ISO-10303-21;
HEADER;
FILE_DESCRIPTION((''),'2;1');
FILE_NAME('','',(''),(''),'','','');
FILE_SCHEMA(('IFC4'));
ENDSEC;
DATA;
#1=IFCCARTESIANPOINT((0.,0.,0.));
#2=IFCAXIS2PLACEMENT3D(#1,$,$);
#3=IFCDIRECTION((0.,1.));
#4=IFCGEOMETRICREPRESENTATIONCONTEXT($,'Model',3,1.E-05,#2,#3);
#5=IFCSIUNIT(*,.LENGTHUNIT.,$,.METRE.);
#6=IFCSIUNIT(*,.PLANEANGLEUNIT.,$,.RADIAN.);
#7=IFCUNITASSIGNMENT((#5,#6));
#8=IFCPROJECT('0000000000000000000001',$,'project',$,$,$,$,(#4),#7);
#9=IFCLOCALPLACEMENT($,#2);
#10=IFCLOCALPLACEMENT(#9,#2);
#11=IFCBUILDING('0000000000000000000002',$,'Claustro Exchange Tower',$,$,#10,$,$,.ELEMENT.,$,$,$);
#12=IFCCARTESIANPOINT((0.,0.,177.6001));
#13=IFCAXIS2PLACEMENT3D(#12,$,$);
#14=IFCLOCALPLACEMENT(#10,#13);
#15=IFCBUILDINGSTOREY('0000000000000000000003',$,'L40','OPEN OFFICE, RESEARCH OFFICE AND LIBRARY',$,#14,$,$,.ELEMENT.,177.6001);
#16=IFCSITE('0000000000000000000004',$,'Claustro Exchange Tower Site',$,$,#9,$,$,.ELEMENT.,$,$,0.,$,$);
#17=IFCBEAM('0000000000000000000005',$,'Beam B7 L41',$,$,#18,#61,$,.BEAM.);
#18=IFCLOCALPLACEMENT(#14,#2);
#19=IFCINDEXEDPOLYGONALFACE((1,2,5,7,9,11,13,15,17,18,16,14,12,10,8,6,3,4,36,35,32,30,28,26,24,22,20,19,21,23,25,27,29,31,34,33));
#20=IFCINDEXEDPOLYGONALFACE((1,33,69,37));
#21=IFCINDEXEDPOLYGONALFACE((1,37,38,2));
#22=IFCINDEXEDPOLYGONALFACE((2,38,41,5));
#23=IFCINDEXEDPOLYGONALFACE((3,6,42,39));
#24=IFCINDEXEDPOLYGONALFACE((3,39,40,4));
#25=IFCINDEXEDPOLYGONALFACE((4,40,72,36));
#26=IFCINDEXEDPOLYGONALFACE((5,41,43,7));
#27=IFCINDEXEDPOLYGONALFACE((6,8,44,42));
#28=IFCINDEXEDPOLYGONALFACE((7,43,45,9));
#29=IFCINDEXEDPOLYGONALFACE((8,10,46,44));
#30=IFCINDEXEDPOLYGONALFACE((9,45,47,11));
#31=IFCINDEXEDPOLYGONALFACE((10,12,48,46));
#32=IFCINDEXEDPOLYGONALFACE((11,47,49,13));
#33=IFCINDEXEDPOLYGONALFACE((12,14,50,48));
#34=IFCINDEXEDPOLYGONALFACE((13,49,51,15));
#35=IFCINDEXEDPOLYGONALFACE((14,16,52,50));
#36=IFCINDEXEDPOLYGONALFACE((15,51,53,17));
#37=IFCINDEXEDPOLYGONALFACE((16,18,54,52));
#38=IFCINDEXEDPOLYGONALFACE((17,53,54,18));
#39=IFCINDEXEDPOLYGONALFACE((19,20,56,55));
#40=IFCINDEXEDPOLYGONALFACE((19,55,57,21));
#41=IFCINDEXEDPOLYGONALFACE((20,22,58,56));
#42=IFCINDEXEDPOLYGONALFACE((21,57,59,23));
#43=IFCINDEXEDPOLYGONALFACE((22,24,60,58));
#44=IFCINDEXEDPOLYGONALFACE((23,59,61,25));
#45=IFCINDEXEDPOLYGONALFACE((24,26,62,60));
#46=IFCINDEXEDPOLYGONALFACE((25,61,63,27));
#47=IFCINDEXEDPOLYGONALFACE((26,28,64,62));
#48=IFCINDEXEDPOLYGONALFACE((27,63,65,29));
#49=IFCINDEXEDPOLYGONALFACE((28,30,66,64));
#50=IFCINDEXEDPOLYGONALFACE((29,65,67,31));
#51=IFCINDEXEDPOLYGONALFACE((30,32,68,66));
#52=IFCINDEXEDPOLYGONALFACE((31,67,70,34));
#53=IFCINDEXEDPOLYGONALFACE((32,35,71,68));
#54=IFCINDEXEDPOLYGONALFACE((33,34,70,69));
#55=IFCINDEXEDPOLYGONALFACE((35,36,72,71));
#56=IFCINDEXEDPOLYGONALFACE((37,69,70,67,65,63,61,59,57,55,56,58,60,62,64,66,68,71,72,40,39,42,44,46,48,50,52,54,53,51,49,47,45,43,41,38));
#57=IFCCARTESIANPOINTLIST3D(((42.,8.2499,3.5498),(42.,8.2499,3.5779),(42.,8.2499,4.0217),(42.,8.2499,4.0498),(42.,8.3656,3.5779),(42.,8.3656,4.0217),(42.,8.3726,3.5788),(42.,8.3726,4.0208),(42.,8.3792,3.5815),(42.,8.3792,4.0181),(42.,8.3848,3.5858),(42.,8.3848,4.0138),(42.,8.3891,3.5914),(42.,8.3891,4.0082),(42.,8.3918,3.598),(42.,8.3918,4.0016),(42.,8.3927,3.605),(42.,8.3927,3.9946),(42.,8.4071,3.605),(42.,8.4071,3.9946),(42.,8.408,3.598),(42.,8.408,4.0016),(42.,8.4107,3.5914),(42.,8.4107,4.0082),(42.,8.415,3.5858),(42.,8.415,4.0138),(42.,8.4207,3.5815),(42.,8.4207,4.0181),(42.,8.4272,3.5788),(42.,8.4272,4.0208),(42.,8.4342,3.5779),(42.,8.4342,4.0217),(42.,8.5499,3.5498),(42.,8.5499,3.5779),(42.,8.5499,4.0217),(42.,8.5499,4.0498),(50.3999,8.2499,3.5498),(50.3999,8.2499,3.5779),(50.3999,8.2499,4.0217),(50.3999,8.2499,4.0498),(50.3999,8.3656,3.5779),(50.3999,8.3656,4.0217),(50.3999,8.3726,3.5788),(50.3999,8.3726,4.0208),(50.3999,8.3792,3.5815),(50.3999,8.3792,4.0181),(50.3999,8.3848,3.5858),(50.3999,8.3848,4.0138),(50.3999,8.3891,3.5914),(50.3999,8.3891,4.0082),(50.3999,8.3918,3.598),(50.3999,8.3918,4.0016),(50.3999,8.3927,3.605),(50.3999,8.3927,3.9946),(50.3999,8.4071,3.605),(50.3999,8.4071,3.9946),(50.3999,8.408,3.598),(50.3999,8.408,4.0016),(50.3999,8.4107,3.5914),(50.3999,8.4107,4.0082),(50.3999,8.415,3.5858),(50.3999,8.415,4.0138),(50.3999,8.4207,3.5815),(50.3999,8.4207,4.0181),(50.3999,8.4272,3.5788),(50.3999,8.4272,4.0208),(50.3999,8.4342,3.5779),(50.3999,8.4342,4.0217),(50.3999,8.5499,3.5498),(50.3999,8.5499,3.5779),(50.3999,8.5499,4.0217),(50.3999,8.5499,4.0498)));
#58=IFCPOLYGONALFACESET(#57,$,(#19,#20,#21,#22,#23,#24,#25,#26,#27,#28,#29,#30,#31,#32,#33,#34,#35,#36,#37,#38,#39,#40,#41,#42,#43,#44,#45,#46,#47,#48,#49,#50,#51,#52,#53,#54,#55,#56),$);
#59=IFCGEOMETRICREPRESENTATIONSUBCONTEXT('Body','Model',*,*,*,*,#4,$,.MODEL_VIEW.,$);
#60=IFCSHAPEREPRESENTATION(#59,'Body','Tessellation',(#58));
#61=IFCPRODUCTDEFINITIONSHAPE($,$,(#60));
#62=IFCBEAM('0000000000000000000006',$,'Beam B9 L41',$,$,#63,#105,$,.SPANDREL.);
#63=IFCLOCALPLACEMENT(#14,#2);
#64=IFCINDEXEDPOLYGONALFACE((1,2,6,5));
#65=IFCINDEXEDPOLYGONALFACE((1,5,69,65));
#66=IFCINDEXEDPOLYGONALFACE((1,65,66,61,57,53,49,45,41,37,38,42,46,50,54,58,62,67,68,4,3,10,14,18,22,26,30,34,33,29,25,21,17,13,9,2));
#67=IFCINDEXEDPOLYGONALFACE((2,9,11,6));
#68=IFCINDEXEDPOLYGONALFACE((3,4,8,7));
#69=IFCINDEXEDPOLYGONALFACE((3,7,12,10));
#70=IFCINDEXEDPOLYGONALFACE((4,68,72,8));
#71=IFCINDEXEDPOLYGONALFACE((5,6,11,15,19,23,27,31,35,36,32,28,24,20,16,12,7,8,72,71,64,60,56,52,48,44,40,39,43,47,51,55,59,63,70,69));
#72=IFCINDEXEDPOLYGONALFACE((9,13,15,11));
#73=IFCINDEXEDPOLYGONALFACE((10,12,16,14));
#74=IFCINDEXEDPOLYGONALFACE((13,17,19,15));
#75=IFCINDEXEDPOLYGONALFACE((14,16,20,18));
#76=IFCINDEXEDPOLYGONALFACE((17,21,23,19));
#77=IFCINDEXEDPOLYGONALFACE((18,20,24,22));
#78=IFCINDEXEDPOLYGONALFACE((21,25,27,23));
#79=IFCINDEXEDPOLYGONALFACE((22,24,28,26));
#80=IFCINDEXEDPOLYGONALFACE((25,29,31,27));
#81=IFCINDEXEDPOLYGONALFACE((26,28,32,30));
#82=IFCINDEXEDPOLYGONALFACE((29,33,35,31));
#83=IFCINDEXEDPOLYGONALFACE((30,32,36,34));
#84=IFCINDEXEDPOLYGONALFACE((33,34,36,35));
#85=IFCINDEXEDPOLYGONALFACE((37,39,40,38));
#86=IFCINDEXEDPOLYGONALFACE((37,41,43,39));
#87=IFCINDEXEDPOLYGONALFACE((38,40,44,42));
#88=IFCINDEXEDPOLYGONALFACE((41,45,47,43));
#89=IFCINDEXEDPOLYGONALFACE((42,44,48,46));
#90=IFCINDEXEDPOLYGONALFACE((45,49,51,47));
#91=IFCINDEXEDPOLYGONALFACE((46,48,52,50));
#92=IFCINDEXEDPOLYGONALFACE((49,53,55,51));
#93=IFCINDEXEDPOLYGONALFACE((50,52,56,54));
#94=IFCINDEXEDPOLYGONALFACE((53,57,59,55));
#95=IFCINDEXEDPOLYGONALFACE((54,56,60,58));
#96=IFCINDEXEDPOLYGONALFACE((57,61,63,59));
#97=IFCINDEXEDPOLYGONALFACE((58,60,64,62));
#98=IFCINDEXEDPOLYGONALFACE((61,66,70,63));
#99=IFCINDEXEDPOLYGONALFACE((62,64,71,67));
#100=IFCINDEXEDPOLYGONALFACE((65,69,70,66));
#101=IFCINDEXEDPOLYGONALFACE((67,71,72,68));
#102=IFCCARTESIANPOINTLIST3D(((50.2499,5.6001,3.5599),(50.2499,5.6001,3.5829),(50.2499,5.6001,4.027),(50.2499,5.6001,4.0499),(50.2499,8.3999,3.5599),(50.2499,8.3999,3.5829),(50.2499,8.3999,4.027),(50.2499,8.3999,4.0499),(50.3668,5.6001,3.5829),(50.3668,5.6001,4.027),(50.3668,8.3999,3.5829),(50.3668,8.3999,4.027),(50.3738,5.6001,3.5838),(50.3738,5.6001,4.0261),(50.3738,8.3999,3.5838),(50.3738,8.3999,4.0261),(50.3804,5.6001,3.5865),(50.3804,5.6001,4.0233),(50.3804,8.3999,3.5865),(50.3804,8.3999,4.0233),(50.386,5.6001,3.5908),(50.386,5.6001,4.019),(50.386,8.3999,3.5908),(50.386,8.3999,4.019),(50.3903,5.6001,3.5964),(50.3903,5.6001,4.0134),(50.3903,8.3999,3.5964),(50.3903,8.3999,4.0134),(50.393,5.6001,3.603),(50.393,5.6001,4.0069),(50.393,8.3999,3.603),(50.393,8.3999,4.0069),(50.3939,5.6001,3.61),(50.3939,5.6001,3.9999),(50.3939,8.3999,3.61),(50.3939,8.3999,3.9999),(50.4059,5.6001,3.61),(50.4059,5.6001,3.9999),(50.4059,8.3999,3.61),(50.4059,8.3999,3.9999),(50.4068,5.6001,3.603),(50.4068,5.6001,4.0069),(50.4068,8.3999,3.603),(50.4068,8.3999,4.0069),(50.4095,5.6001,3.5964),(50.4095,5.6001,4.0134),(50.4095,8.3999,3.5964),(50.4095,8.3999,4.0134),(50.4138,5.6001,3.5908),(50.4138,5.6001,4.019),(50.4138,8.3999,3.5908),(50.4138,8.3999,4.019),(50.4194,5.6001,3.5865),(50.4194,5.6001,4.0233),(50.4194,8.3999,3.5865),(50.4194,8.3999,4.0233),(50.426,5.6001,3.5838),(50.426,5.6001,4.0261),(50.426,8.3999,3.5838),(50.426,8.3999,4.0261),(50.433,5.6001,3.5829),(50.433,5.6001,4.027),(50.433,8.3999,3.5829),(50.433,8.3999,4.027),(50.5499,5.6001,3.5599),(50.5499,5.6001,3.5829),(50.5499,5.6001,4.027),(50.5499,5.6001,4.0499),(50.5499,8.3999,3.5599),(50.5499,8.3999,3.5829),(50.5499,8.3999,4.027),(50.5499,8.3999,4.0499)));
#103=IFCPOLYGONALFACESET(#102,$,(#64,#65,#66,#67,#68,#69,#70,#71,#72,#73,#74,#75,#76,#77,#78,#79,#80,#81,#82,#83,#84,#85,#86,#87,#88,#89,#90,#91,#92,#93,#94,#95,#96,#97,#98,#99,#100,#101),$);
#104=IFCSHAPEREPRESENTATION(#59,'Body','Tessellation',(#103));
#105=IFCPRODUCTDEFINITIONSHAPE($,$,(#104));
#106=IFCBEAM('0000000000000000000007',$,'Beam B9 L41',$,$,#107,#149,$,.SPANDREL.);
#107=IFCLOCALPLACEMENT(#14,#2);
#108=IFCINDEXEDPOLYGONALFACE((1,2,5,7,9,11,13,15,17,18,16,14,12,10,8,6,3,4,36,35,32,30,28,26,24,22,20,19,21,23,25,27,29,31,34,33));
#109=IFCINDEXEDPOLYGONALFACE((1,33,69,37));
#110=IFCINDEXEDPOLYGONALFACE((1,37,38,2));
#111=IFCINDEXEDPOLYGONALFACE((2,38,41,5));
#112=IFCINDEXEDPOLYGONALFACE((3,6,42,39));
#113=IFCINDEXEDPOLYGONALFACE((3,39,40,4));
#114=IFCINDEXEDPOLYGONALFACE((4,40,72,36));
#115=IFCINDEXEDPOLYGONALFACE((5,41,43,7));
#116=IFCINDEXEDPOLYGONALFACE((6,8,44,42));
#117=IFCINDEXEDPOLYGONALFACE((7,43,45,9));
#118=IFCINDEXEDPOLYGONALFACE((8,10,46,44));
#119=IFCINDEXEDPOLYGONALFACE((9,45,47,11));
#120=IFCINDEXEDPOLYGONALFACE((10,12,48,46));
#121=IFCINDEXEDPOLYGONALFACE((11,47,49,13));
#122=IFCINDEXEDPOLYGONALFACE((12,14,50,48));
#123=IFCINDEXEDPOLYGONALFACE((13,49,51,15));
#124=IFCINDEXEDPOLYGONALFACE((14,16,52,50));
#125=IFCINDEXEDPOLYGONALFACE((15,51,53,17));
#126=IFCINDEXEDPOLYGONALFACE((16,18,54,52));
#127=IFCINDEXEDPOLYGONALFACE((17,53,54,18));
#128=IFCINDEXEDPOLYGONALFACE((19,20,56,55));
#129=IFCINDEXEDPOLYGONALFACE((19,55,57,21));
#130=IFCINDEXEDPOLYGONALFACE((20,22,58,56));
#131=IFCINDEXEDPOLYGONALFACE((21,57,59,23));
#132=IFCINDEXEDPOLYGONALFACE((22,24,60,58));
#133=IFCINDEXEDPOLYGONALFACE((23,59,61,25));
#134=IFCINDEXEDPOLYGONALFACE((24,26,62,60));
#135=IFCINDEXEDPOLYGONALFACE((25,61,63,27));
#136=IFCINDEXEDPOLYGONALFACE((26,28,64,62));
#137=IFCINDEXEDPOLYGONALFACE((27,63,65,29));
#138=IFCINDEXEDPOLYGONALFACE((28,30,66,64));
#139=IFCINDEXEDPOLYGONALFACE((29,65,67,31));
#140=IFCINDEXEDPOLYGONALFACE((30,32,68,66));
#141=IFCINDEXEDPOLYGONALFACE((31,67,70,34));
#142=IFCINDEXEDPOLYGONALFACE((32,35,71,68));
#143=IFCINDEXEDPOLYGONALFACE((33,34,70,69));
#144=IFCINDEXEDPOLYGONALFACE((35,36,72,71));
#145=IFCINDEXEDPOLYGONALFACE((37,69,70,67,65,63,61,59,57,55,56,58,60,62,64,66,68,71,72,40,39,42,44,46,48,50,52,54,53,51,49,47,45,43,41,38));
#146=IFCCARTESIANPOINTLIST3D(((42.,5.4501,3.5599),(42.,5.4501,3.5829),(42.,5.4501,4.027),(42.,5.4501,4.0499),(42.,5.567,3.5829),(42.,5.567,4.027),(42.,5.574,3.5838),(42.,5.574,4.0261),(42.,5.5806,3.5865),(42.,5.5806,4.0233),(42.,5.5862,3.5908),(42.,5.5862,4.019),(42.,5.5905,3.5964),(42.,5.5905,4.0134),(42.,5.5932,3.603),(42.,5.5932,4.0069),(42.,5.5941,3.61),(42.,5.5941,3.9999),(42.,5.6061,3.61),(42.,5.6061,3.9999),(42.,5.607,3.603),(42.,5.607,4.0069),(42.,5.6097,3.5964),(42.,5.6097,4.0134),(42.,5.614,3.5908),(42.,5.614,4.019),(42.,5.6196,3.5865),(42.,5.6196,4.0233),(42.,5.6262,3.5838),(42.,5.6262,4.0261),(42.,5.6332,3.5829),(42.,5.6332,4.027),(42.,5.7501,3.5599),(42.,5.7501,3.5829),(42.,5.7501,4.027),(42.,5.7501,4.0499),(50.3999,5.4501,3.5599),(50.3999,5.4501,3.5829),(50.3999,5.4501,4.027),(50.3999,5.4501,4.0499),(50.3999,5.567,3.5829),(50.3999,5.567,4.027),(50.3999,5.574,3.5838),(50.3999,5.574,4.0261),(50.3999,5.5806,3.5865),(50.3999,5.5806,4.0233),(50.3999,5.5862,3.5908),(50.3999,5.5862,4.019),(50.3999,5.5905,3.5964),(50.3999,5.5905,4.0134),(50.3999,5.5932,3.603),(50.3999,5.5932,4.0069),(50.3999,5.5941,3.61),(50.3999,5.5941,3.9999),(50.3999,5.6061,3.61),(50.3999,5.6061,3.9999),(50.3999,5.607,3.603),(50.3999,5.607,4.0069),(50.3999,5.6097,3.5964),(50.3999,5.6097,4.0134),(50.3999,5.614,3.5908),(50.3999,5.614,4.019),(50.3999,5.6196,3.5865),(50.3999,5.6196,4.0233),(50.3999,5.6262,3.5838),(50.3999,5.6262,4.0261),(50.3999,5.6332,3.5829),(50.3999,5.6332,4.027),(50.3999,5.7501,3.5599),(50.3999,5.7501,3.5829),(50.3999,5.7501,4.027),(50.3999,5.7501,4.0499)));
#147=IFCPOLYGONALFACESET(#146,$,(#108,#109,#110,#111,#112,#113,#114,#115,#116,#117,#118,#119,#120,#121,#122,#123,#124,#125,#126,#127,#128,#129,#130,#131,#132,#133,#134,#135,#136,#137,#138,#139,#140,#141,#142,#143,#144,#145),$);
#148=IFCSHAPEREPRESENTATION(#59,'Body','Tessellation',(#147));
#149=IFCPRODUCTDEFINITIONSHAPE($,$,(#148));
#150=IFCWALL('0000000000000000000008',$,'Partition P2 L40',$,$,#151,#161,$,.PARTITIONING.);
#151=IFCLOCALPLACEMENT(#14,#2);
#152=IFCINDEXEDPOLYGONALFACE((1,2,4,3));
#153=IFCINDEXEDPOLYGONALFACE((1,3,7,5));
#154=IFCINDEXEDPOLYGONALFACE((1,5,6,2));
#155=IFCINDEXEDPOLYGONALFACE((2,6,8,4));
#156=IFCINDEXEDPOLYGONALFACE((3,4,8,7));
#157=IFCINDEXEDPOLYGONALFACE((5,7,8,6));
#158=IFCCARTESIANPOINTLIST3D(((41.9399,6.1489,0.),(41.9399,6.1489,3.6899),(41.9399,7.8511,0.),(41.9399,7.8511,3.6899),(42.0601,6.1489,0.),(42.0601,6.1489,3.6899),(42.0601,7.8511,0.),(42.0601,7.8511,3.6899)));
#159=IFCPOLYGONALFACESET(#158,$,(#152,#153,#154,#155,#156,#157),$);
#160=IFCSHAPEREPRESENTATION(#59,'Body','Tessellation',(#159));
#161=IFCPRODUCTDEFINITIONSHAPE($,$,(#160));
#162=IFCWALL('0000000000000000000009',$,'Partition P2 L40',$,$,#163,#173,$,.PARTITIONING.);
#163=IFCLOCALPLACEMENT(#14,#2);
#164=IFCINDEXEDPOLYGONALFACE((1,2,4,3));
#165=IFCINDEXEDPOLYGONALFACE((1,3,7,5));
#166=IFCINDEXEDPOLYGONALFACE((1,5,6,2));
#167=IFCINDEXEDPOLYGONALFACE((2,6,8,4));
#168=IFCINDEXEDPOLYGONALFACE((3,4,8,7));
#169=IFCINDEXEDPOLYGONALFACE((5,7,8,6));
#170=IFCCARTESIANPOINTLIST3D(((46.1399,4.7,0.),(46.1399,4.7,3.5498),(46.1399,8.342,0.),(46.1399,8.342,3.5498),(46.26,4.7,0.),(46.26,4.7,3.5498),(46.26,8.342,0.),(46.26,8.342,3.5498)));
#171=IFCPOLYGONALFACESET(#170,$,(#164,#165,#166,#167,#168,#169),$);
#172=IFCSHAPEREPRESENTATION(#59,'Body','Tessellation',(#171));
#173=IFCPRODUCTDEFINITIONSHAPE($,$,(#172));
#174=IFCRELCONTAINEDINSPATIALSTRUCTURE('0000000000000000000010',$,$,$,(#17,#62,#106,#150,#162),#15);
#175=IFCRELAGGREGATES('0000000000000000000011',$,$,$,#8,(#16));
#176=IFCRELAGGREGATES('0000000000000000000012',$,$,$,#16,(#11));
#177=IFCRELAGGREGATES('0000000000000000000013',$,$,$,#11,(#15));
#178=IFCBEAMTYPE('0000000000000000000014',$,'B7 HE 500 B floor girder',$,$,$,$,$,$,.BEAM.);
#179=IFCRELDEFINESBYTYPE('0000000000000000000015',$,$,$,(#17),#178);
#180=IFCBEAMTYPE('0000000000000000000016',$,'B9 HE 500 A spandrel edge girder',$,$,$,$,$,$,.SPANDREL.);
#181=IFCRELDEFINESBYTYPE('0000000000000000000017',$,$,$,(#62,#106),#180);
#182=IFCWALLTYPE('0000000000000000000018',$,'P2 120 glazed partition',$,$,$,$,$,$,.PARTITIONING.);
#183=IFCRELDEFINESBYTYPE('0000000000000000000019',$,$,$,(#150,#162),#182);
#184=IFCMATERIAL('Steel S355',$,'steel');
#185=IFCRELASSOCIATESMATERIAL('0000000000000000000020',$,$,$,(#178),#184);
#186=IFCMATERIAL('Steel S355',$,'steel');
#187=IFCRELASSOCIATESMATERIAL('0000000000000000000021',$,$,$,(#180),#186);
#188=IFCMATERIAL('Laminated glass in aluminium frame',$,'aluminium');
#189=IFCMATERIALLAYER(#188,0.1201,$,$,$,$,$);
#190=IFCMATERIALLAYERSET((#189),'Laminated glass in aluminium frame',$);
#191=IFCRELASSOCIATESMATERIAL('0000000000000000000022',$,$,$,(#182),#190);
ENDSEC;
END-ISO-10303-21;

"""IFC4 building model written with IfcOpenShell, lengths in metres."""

from ifc_helpers import new_model, si_unit, direction, frame, frame_2d, origin, origin_2d, place, context, subcontext, project, spatial, rectangle, i_section, extrude, material, layer, layer_set, material_profile, profile_set, type_object, element, save


model = new_model("IFC4")

# Units and contexts
model_context = context("Model", 3, precision=1e-05, world=origin(), true_north=direction((0.0, 1.0)))
body_context = subcontext(model_context, "Body", "Model", "MODEL_VIEW")
ifc_project = project(units=[si_unit("LENGTHUNIT", "METRE"), si_unit("PLANEANGLEUNIT", "RADIAN")], contexts=[model_context])

# Site, building, storey
site_placement = place(None, origin())
site = spatial("IfcSite", under=ifc_project, at=site_placement, Name="Claustro Exchange Tower Site", CompositionType="ELEMENT", RefElevation=0.0)
building_placement = place(site_placement, origin())
building = spatial("IfcBuilding", under=site, at=building_placement, Name="Claustro Exchange Tower", CompositionType="ELEMENT")
storey_placement = place(building_placement, frame((0.0, 0.0, 177.6001)))
storey = spatial("IfcBuildingStorey", under=building, at=storey_placement, Name="L40", Description="OPEN OFFICE, RESEARCH OFFICE AND LIBRARY", CompositionType="ELEMENT", Elevation=177.6001)

# Beams
ifc_material_1 = material(Name="Steel S355", Category="steel")
ifc_material_profile_1 = material_profile(ifc_material_1, i_section(OverallWidth=0.3, OverallDepth=0.5, WebThickness=0.0144, FlangeThickness=0.0281, FilletRadius=0.0271, at=origin_2d()), Name="HE 500 B")
ifc_profile_set_1 = profile_set([ifc_material_profile_1], Name="Steel S355")
beam_type_1 = type_object("IfcBeamType", Name="B7 HE 500 B floor girder", PredefinedType="BEAM", material=ifc_profile_set_1)
beam_1_placement = place(storey_placement, frame((42.0, 8.3999, 3.7998), z_axis=(1.0, 0.0, 0.0), x_axis=(0.0, 1.0, 0.0)))
element("IfcBeam", 1, at=beam_1_placement, inside=storey, type_object=beam_type_1, Name="Beam B7 L41", PredefinedType="BEAM", context=body_context, shape_type="SweptSolid", body=[
    extrude(i_section(OverallWidth=0.3, OverallDepth=0.5, WebThickness=0.0144, FlangeThickness=0.0281, FilletRadius=0.0271, at=origin_2d()), origin(), (0.0, 0.0, 1.0), 8.3999),
])
ifc_material_2 = material(Name="Steel S355", Category="steel")
ifc_material_profile_2 = material_profile(ifc_material_2, i_section(OverallWidth=0.3, OverallDepth=0.49, WebThickness=0.012, FlangeThickness=0.0229, FilletRadius=0.0271, at=origin_2d()), Name="HE 500 A")
ifc_profile_set_2 = profile_set([ifc_material_profile_2], Name="Steel S355")
beam_type_2 = type_object("IfcBeamType", Name="B9 HE 500 A spandrel edge girder", PredefinedType="SPANDREL", material=ifc_profile_set_2)
beam_2_placement = place(storey_placement, frame((50.3999, 5.6001, 3.8049), z_axis=(0.0, 1.0, 0.0), x_axis=(-1.0, 0.0, 0.0)))
element("IfcBeam", 2, at=beam_2_placement, inside=storey, type_object=beam_type_2, Name="Beam B9 L41", PredefinedType="SPANDREL", context=body_context, shape_type="SweptSolid", body=[
    extrude(i_section(OverallWidth=0.3, OverallDepth=0.49, WebThickness=0.012, FlangeThickness=0.0229, FilletRadius=0.0271, at=origin_2d()), origin(), (0.0, 0.0, 1.0), 2.7998),
])
beam_3_placement = place(storey_placement, frame((42.0, 5.6001, 3.8049), z_axis=(1.0, 0.0, 0.0), x_axis=(0.0, 1.0, 0.0)))
element("IfcBeam", 3, at=beam_3_placement, inside=storey, type_object=beam_type_2, Name="Beam B9 L41", PredefinedType="SPANDREL", context=body_context, shape_type="SweptSolid", body=[
    extrude(i_section(OverallWidth=0.3, OverallDepth=0.49, WebThickness=0.012, FlangeThickness=0.0229, FilletRadius=0.0271, at=origin_2d()), origin(), (0.0, 0.0, 1.0), 8.3999),
])

# Shared definitions
ifc_material_3 = material(Name="Laminated glass in aluminium frame", Category="aluminium")
ifc_layer_1 = layer(ifc_material_3, 0.1201)
ifc_layer_set_1 = layer_set([ifc_layer_1], Name="Laminated glass in aluminium frame")
wall_type_1 = type_object("IfcWallType", Name="P2 120 glazed partition", PredefinedType="PARTITIONING", material=ifc_layer_set_1)

# Walls
wall_1_placement = place(storey_placement, frame((42.0, 6.1489, 0.0), z_axis=(0.0, 0.0, 1.0), x_axis=(0.0, 1.0, 0.0)))
element("IfcWall", 4, at=wall_1_placement, inside=storey, type_object=wall_type_1, Name="Partition P2 L40", PredefinedType="PARTITIONING", context=body_context, shape_type="SweptSolid", body=[
    extrude(rectangle(XDim=1.7021, YDim=0.1201, at=frame_2d((0.8511, 0.0))), origin(), (0.0, 0.0, 1.0), 3.6899),
])
wall_2_placement = place(storey_placement, frame((46.2, 4.7, 0.0), z_axis=(0.0, 0.0, 1.0), x_axis=(0.0, 1.0, 0.0)))
element("IfcWall", 5, at=wall_2_placement, inside=storey, type_object=wall_type_1, Name="Partition P2 L40", PredefinedType="PARTITIONING", context=body_context, shape_type="SweptSolid", body=[
    extrude(rectangle(XDim=3.6421, YDim=0.1201, at=frame_2d((1.821, 0.0))), origin(), (0.0, 0.0, 1.0), 3.5498),
])

save(model, "model.ifc")
